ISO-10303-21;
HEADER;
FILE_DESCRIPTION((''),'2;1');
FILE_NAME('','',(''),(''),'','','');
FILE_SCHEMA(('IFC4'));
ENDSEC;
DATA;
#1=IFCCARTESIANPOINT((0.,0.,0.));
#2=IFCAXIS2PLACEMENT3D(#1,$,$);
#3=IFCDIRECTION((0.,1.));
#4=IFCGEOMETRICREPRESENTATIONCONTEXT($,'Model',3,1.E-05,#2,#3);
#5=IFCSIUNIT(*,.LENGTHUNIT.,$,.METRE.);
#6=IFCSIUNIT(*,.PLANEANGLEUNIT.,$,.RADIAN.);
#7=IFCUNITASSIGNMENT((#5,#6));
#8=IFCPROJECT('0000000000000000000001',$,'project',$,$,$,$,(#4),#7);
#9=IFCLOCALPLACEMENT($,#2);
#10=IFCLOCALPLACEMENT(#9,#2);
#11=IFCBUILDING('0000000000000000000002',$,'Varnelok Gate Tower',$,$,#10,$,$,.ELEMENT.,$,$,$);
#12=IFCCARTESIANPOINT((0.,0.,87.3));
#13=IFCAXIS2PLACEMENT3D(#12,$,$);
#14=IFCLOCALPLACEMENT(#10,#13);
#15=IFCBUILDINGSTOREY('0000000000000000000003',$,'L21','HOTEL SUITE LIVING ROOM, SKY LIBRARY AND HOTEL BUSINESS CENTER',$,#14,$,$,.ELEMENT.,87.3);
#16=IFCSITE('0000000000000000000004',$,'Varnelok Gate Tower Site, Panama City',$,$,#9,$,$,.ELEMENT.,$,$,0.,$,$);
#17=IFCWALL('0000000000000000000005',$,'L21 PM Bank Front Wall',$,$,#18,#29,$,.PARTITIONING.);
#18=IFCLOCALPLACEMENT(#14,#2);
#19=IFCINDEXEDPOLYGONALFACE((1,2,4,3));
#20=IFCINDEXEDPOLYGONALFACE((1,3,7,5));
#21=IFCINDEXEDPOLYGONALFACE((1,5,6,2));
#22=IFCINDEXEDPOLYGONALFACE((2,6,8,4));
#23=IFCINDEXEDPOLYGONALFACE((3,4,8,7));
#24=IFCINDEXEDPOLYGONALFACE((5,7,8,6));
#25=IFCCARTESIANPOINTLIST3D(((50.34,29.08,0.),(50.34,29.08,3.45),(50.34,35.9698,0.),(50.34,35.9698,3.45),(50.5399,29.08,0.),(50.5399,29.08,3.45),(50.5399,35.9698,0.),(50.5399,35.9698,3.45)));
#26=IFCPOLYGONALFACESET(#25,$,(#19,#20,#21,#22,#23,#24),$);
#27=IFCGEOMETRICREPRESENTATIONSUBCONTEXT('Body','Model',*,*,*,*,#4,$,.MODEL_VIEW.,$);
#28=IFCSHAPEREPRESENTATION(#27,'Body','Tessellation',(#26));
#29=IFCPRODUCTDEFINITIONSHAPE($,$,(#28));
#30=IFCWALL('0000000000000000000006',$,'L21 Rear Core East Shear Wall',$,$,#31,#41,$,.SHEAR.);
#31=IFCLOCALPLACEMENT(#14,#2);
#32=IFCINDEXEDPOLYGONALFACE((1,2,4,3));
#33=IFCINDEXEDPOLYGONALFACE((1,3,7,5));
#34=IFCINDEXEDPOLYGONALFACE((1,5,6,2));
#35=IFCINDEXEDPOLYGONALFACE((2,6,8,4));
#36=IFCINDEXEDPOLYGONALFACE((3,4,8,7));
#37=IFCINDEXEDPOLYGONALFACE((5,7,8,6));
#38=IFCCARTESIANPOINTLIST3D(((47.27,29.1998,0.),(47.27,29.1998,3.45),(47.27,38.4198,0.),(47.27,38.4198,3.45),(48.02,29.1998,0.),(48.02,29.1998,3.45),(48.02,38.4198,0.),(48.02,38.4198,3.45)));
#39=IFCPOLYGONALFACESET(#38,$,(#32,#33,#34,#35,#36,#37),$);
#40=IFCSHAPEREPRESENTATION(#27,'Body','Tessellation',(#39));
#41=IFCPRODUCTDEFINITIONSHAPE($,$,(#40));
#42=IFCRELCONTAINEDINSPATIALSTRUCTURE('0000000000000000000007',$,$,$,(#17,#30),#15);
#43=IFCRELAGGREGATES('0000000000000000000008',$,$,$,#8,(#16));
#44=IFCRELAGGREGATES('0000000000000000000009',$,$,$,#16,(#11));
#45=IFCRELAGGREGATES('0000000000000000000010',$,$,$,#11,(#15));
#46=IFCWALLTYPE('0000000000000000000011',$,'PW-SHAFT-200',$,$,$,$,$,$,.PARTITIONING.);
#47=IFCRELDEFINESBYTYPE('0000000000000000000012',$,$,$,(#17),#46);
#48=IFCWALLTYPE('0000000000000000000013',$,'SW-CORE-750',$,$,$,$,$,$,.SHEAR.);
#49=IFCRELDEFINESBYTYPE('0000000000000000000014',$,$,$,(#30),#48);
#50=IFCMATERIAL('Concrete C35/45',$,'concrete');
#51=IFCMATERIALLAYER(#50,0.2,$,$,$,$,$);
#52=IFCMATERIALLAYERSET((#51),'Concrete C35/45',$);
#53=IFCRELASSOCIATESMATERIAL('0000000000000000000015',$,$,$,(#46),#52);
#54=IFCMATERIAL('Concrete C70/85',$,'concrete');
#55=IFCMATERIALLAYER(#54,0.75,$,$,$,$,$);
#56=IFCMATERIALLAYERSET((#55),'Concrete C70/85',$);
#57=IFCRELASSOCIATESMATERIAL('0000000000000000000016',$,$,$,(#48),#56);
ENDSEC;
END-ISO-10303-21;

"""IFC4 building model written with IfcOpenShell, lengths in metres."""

from ifc_helpers import new_model, si_unit, direction, frame, frame_2d, origin, place, context, subcontext, project, spatial, rectangle, extrude, material, layer, layer_set, type_object, element, save


model = new_model("IFC4")

# Units and contexts
model_context = context("Model", 3, precision=1e-05, world=origin(), true_north=direction((0.0, 1.0)))
body_context = subcontext(model_context, "Body", "Model", "MODEL_VIEW")
ifc_project = project(units=[si_unit("LENGTHUNIT", "METRE"), si_unit("PLANEANGLEUNIT", "RADIAN")], contexts=[model_context])

# Site, building, storey
site_placement = place(None, origin())
site = spatial("IfcSite", under=ifc_project, at=site_placement, Name="Varnelok Gate Tower Site, Panama City", CompositionType="ELEMENT", RefElevation=0.0)
building_placement = place(site_placement, origin())
building = spatial("IfcBuilding", under=site, at=building_placement, Name="Varnelok Gate Tower", CompositionType="ELEMENT")
storey_placement = place(building_placement, frame((0.0, 0.0, 87.3)))
storey = spatial("IfcBuildingStorey", under=building, at=storey_placement, Name="L21", Description="HOTEL SUITE LIVING ROOM, SKY LIBRARY AND HOTEL BUSINESS CENTER", CompositionType="ELEMENT", Elevation=87.3)

# Shared definitions
ifc_material_1 = material(Name="Concrete C70/85", Category="concrete")

# Walls
ifc_material_2 = material(Name="Concrete C35/45", Category="concrete")
ifc_layer_1 = layer(ifc_material_2, 0.2)
ifc_layer_set_1 = layer_set([ifc_layer_1], Name="Concrete C35/45")
wall_type_1 = type_object("IfcWallType", Name="PW-SHAFT-200", PredefinedType="PARTITIONING", material=ifc_layer_set_1)
for number, where, z_axis, x_axis, name in (
    (1, (50.4399, 29.0801, 0.0), (0.0, 0.0, 1.0), (0.0, 1.0, 0.0), "L21 PM Bank Front Wall"),
):
    element("IfcWall", number, at=place(storey_placement, frame(where, z_axis=z_axis, x_axis=x_axis)), inside=storey, type_object=wall_type_1, Name=name, PredefinedType="PARTITIONING", context=body_context, shape_type="SweptSolid", body=[
        extrude(rectangle(XDim=6.8899, YDim=0.2, at=frame_2d((3.4448, 0.0))), origin(), (0.0, 0.0, 1.0), 3.45),
    ])
ifc_layer_2 = layer(ifc_material_1, 0.75)
ifc_layer_set_2 = layer_set([ifc_layer_2], Name="Concrete C70/85")
wall_type_2 = type_object("IfcWallType", Name="SW-CORE-750", PredefinedType="SHEAR", material=ifc_layer_set_2)
wall_1_placement = place(storey_placement, frame((47.645, 29.2, 0.0), z_axis=(0.0, 0.0, 1.0), x_axis=(0.0, 1.0, 0.0)))
element("IfcWall", 2, at=wall_1_placement, inside=storey, type_object=wall_type_2, Name="L21 Rear Core East Shear Wall", PredefinedType="SHEAR", context=body_context, shape_type="SweptSolid", body=[
    extrude(rectangle(XDim=9.22, YDim=0.75, at=frame_2d((4.6099, 0.0))), origin(), (0.0, 0.0, 1.0), 3.45),
])

save(model, "model.ifc")
